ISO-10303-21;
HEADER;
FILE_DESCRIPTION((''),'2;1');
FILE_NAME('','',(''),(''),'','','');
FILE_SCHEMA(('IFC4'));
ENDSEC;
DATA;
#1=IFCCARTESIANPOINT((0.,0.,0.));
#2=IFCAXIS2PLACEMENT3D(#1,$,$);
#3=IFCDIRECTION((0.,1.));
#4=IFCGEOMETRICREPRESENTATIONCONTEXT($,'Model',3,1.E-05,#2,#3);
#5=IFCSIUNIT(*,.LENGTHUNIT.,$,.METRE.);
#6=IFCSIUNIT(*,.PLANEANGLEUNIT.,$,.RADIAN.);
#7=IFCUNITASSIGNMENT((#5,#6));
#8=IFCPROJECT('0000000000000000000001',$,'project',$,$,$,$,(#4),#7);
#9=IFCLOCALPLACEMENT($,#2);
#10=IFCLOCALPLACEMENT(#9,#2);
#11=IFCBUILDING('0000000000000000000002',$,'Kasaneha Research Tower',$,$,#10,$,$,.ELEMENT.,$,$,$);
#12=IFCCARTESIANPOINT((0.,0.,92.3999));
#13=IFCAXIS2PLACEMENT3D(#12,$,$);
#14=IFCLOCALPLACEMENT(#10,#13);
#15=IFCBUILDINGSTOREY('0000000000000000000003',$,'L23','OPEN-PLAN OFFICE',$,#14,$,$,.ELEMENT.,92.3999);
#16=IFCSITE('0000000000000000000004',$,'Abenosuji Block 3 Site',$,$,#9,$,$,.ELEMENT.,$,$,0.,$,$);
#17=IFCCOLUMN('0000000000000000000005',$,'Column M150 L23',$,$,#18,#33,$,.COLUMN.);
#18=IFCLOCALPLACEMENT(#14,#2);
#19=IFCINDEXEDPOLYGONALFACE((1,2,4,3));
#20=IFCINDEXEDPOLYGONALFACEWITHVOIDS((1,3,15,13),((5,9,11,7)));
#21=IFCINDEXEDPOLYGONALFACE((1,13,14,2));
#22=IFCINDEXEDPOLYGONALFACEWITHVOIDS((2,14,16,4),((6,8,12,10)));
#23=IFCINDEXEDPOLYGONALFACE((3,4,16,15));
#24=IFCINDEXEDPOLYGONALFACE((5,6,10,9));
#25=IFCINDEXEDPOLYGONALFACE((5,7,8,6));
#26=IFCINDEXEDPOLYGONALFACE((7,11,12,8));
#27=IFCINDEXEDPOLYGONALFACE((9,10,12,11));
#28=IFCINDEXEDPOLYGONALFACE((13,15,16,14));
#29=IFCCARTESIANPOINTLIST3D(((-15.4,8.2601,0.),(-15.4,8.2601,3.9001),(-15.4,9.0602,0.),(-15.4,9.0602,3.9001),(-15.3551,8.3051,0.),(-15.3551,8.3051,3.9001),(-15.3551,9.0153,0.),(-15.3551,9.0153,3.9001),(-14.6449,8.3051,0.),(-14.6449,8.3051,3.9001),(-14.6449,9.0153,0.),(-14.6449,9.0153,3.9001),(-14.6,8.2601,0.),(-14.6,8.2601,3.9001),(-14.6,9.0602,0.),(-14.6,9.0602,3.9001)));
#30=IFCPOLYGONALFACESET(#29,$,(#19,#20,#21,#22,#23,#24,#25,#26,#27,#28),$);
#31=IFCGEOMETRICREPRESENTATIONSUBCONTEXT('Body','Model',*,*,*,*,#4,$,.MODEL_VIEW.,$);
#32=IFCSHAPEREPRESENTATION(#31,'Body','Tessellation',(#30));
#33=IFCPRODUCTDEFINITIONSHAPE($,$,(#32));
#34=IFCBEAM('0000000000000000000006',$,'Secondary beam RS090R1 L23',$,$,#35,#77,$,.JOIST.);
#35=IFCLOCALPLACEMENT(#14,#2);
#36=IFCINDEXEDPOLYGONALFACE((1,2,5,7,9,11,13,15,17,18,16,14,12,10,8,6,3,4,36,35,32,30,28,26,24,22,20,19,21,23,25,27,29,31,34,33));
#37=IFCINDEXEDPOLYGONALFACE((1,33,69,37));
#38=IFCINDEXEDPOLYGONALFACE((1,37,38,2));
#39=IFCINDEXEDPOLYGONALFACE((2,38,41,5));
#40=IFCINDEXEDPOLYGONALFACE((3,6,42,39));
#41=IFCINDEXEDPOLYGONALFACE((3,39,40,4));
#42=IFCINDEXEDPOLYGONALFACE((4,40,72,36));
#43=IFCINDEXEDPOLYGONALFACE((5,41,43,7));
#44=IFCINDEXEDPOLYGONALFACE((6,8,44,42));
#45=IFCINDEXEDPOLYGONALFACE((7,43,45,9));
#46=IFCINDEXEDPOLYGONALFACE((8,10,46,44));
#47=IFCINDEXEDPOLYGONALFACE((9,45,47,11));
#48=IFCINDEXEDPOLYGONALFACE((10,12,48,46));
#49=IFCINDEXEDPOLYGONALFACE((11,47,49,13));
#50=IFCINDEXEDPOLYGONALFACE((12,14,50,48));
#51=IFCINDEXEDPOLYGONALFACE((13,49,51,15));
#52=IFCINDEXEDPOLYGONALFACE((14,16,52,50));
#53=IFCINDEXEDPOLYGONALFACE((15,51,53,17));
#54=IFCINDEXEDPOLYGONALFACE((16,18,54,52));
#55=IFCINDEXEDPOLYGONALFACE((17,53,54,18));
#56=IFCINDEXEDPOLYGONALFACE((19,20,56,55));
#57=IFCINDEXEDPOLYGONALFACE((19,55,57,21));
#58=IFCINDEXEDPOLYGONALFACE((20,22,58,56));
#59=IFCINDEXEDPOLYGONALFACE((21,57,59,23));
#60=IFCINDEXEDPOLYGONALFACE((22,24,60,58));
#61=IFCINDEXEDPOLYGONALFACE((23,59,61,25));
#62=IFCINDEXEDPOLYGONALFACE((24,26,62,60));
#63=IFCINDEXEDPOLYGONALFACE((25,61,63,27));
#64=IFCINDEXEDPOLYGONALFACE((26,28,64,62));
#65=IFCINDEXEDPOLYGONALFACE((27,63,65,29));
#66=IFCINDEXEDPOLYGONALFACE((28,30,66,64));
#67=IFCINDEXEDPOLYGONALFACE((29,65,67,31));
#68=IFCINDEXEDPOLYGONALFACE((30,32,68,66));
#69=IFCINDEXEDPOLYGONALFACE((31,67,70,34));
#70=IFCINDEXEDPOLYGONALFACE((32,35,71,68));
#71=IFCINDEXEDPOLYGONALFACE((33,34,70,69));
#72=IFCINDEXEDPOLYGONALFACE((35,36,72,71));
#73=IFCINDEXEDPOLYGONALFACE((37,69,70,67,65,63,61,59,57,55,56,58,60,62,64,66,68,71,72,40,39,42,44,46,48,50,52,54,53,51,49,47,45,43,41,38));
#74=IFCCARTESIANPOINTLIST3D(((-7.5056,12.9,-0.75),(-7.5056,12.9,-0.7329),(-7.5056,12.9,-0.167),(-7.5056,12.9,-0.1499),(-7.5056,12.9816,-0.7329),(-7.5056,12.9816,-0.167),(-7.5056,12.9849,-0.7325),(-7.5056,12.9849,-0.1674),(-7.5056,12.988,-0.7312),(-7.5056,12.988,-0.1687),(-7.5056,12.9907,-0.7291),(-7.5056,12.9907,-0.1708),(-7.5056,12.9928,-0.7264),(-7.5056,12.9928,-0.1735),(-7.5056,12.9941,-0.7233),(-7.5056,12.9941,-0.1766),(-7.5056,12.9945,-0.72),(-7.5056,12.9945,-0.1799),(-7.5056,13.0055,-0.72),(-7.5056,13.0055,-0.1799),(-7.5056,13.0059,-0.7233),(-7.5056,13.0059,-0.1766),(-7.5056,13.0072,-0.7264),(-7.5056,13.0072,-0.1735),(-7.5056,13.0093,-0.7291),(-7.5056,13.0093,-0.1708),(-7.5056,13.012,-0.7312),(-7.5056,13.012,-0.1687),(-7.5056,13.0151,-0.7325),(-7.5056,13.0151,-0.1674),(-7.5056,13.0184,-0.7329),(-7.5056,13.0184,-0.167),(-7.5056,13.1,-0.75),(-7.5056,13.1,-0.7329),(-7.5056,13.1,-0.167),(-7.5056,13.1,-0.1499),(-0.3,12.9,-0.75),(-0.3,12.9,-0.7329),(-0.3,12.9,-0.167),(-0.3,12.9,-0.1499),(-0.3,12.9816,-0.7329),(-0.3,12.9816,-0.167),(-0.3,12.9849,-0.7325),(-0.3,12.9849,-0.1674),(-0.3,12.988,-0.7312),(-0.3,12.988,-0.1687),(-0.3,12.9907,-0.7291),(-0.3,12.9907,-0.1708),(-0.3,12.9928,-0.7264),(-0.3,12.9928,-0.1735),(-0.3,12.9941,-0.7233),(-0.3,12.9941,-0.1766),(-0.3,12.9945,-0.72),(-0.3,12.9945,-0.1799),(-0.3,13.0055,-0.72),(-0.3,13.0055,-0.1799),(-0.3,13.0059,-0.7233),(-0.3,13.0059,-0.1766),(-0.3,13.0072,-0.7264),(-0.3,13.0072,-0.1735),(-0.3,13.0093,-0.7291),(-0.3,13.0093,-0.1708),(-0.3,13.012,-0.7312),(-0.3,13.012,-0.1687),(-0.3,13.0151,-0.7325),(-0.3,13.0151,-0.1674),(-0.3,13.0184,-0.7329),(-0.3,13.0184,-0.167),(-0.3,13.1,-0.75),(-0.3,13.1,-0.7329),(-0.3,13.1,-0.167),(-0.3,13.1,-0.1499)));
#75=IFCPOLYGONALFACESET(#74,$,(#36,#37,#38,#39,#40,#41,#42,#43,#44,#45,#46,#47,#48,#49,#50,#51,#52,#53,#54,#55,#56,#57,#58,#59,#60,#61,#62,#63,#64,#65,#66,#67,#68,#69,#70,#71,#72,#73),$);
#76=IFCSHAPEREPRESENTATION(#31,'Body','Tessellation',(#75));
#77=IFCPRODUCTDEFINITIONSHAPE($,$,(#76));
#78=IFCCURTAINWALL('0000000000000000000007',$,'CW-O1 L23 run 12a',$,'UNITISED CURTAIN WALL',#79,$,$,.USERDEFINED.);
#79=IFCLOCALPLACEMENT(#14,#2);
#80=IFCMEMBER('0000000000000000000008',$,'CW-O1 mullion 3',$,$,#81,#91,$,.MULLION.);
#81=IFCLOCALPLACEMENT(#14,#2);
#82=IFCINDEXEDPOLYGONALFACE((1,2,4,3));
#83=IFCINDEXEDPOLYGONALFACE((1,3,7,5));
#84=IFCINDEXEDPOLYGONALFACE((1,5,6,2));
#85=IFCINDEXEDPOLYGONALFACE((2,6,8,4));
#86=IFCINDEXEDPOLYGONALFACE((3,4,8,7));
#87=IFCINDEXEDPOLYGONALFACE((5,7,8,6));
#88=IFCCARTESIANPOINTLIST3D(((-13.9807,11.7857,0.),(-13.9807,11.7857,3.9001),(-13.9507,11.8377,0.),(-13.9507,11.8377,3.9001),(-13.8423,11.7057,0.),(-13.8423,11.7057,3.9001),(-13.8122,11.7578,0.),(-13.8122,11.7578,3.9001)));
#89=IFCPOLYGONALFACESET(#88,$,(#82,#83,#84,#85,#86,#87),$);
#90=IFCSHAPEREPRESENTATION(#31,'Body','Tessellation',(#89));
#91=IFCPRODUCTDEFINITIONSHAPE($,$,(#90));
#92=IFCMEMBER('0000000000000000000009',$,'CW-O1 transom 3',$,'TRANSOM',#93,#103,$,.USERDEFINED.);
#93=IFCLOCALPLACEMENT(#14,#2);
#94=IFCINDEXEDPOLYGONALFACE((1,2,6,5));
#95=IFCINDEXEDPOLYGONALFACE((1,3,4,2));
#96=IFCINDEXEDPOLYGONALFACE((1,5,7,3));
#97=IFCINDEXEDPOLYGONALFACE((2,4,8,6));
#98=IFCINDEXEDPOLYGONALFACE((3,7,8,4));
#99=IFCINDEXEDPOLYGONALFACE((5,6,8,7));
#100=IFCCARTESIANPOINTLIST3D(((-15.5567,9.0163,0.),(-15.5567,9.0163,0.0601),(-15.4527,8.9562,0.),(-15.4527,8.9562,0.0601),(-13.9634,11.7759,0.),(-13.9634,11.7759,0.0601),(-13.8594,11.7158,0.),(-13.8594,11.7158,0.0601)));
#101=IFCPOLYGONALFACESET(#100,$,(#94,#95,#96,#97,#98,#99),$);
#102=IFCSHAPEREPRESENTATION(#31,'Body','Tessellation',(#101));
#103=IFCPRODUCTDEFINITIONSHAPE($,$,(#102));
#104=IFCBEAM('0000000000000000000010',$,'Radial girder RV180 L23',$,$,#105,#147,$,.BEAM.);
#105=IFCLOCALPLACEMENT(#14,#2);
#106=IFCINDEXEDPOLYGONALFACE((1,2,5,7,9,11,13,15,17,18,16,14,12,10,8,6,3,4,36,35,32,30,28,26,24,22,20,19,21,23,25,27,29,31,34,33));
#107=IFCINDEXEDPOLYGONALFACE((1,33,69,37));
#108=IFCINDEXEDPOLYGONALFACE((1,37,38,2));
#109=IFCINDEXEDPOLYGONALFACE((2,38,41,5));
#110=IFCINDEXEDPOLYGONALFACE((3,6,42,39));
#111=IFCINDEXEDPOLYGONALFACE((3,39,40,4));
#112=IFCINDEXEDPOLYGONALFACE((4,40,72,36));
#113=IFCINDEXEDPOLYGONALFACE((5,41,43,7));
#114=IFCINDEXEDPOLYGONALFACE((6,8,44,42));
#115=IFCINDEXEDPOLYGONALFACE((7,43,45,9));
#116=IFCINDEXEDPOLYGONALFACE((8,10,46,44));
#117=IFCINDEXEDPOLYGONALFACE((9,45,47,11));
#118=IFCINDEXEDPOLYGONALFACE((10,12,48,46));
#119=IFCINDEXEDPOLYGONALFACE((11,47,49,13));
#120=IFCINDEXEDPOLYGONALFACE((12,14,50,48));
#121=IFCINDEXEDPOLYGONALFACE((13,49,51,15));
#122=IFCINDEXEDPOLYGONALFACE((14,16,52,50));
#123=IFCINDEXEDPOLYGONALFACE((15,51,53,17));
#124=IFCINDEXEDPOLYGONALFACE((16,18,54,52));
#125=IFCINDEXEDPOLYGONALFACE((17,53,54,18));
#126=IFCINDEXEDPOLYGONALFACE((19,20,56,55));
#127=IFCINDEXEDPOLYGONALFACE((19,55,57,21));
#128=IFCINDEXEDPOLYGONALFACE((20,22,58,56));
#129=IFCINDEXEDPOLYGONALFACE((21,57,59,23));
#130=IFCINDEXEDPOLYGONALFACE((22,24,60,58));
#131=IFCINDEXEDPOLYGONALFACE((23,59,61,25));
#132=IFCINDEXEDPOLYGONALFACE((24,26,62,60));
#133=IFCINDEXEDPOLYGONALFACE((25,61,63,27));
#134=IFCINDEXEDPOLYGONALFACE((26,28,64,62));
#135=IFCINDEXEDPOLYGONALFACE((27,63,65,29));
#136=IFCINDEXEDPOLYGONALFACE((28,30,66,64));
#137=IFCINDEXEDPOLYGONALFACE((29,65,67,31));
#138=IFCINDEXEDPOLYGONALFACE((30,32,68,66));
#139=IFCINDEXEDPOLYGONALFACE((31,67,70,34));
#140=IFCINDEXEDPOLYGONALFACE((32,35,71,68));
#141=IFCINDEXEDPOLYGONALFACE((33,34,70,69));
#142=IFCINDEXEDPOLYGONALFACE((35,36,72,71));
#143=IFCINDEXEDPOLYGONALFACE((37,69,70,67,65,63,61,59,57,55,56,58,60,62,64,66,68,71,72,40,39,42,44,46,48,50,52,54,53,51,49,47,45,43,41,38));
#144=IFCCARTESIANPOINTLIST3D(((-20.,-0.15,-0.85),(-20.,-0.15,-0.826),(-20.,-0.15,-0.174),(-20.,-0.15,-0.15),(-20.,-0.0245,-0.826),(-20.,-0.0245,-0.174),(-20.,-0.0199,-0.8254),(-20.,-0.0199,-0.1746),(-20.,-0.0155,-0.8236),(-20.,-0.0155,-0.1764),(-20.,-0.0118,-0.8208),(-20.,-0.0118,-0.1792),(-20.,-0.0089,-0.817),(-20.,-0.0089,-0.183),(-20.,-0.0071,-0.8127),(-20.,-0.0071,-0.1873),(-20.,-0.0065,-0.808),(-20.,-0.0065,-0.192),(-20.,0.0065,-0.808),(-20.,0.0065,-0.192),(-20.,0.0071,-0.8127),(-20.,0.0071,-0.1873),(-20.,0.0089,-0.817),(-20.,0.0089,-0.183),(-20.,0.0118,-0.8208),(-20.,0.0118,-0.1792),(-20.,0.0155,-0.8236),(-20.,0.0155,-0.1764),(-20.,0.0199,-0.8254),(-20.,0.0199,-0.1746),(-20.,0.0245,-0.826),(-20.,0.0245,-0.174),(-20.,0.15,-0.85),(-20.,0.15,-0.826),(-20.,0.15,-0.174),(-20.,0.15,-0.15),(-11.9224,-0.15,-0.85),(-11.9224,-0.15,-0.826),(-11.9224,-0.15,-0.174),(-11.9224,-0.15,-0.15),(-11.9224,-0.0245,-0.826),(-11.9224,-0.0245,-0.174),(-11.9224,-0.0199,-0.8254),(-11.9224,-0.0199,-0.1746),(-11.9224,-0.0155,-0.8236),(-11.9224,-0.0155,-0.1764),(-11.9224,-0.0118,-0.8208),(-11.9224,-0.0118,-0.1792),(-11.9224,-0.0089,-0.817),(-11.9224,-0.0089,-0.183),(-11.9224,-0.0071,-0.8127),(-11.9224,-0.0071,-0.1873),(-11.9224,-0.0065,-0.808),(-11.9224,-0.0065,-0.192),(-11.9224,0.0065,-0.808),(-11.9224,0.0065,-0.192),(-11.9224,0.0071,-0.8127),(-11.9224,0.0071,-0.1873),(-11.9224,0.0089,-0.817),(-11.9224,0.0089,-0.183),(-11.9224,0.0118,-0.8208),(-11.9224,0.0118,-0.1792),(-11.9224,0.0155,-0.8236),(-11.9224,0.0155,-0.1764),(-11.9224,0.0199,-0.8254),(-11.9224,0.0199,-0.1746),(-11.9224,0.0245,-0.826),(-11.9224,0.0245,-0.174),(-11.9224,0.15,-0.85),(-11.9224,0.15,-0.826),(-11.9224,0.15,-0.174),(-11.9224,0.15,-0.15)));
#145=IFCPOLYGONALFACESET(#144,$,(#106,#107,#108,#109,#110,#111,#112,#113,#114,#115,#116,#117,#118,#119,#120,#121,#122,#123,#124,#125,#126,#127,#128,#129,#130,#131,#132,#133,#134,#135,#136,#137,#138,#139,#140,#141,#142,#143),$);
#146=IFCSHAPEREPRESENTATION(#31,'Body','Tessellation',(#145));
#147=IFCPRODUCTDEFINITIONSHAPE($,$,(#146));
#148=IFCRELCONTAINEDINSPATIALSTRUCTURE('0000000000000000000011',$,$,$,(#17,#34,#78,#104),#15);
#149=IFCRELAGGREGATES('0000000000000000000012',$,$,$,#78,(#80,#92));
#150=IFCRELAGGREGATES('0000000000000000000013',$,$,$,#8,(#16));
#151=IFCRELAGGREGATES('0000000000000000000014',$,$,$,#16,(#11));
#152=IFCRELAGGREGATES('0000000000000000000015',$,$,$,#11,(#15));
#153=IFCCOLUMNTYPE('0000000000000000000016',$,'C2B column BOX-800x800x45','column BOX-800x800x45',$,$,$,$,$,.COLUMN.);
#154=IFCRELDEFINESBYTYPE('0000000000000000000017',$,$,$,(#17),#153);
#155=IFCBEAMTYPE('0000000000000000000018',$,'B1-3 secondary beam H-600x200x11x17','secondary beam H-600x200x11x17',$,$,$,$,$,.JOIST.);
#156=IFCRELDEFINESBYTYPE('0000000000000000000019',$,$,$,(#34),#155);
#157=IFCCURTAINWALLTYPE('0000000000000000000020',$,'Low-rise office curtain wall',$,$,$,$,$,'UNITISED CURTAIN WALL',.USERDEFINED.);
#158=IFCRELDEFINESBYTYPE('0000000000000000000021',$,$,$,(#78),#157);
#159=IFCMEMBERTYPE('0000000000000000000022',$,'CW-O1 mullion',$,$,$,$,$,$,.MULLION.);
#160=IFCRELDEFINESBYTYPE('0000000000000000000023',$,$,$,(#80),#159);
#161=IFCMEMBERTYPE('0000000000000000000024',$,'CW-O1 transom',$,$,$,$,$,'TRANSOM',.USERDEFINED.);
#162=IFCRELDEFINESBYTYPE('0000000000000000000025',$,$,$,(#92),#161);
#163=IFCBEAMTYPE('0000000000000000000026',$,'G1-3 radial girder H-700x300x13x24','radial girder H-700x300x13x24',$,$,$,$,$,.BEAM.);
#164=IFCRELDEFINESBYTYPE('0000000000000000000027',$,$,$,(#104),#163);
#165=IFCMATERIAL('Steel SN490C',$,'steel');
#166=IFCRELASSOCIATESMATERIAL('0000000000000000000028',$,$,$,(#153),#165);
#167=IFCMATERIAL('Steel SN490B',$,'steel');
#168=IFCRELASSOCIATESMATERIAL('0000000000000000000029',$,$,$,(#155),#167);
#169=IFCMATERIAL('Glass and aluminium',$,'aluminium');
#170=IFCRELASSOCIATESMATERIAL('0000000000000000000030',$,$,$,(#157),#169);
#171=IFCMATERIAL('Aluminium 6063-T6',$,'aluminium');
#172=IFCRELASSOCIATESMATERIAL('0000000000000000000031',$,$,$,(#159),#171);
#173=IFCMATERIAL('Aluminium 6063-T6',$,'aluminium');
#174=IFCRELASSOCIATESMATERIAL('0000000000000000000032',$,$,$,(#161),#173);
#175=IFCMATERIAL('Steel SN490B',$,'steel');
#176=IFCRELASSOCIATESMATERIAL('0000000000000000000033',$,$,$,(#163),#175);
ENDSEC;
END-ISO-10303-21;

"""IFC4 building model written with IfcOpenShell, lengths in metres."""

from ifc_helpers import new_model, si_unit, direction, frame, origin, origin_2d, place, context, subcontext, project, spatial, rectangle, hollow_rectangle, i_section, extrude, material, material_profile, profile_set, type_object, element, aggregate, save


model = new_model("IFC4")

# Units and contexts
model_context = context("Model", 3, precision=1e-05, world=origin(), true_north=direction((0.0, 1.0)))
body_context = subcontext(model_context, "Body", "Model", "MODEL_VIEW")
ifc_project = project(units=[si_unit("LENGTHUNIT", "METRE"), si_unit("PLANEANGLEUNIT", "RADIAN")], contexts=[model_context])

# Site, building, storey
site_placement = place(None, origin())
site = spatial("IfcSite", under=ifc_project, at=site_placement, Name="Abenosuji Block 3 Site", CompositionType="ELEMENT", RefElevation=0.0)
building_placement = place(site_placement, origin())
building = spatial("IfcBuilding", under=site, at=building_placement, Name="Kasaneha Research Tower", CompositionType="ELEMENT")
storey_placement = place(building_placement, frame((0.0, 0.0, 92.3999)))
storey = spatial("IfcBuildingStorey", under=building, at=storey_placement, Name="L23", Description="OPEN-PLAN OFFICE", CompositionType="ELEMENT", Elevation=92.3999)

# Column
ifc_material_1 = material(Name="Steel SN490C", Category="steel")
ifc_material_profile_1 = material_profile(ifc_material_1, hollow_rectangle(XDim=0.8, YDim=0.8, WallThickness=0.0449, at=origin_2d()), Name="BOX-800x800x45")
ifc_profile_set_1 = profile_set([ifc_material_profile_1], Name="Steel SN490C")
column_type = type_object("IfcColumnType", Name="C2B column BOX-800x800x45", Description="column BOX-800x800x45", PredefinedType="COLUMN", material=ifc_profile_set_1)
column_placement = place(storey_placement, frame((-15.0, 8.6602, 0.0), z_axis=(0.0, 0.0, 1.0), x_axis=(1.0, 0.0, 0.0)))
element("IfcColumn", 1, at=column_placement, inside=storey, type_object=column_type, Name="Column M150 L23", PredefinedType="COLUMN", context=body_context, shape_type="SweptSolid", body=[
    extrude(hollow_rectangle(XDim=0.8, YDim=0.8, WallThickness=0.0449, at=origin_2d()), origin(), (0.0, 0.0, 1.0), 3.9001),
])

# Beam
ifc_material_2 = material(Name="Steel SN490B", Category="steel")
ifc_material_profile_2 = material_profile(ifc_material_2, i_section(OverallWidth=0.2, OverallDepth=0.6001, WebThickness=0.011, FlangeThickness=0.0171, FilletRadius=0.0129, at=origin_2d()), Name="H-600x200x11x17")
ifc_profile_set_2 = profile_set([ifc_material_profile_2], Name="Steel SN490B")
beam_type_1 = type_object("IfcBeamType", Name="B1-3 secondary beam H-600x200x11x17", Description="secondary beam H-600x200x11x17", PredefinedType="JOIST", material=ifc_profile_set_2)
beam_1_placement = place(storey_placement, frame((-7.5056, 13.0, -0.45), z_axis=(1.0, 0.0, 0.0), x_axis=(0.0, 1.0, 0.0)))
element("IfcBeam", 2, at=beam_1_placement, inside=storey, type_object=beam_type_1, Name="Secondary beam RS090R1 L23", PredefinedType="JOIST", context=body_context, shape_type="SweptSolid", body=[
    extrude(i_section(OverallWidth=0.2, OverallDepth=0.6001, WebThickness=0.011, FlangeThickness=0.0171, FilletRadius=0.0129, at=origin_2d()), origin(), (0.0, 0.0, 1.0), 7.2056),
])

# Curtain wall, members
ifc_material_3 = material(Name="Glass and aluminium", Category="aluminium")
curtain_wall_type = type_object("IfcCurtainWallType", Name="Low-rise office curtain wall", ElementType="UNITISED CURTAIN WALL", PredefinedType="USERDEFINED", material=ifc_material_3)
curtain_wall_placement = place(storey_placement, origin())
curtain_wall = element("IfcCurtainWall", 3, at=curtain_wall_placement, inside=storey, type_object=curtain_wall_type, Name="CW-O1 L23 run 12a", ObjectType="UNITISED CURTAIN WALL", PredefinedType="USERDEFINED")
ifc_material_4 = material(Name="Aluminium 6063-T6", Category="aluminium")
ifc_material_profile_3 = material_profile(ifc_material_4, rectangle(XDim=0.0601, YDim=0.1599, at=origin_2d()), Name="CW-O1 mullion 60x160")
ifc_profile_set_3 = profile_set([ifc_material_profile_3], Name="Aluminium 6063-T6")
member_type_1 = type_object("IfcMemberType", Name="CW-O1 mullion", PredefinedType="MULLION", material=ifc_profile_set_3)
member_1_placement = place(storey_placement, frame((-13.8965, 11.7717, 0.0), z_axis=(0.0, 0.0, 1.0), x_axis=(-0.5, -0.866025, 0.0)))
member_1 = element("IfcMember", 4, at=member_1_placement, type_object=member_type_1, Name="CW-O1 mullion 3", PredefinedType="MULLION", context=body_context, shape_type="SweptSolid", body=[
    extrude(rectangle(XDim=0.0601, YDim=0.1599, at=origin_2d()), origin(), (0.0, 0.0, 1.0), 3.9001),
])
ifc_material_5 = material(Name="Aluminium 6063-T6", Category="aluminium")
ifc_material_profile_4 = material_profile(ifc_material_5, rectangle(XDim=0.1201, YDim=0.0601, at=origin_2d()), Name="CW-O1 transom 120x60")
ifc_profile_set_4 = profile_set([ifc_material_profile_4], Name="Aluminium 6063-T6")
member_type_2 = type_object("IfcMemberType", Name="CW-O1 transom", ElementType="TRANSOM", PredefinedType="USERDEFINED", material=ifc_profile_set_4)
member_2_placement = place(storey_placement, frame((-13.9114, 11.7458, 0.03), z_axis=(-0.500012, -0.866018, 0.0), x_axis=(0.866018, -0.500012, 0.0)))
member_2 = element("IfcMember", 5, at=member_2_placement, type_object=member_type_2, Name="CW-O1 transom 3", ObjectType="TRANSOM", PredefinedType="USERDEFINED", context=body_context, shape_type="SweptSolid", body=[
    extrude(rectangle(XDim=0.1201, YDim=0.0601, at=origin_2d()), origin(), (0.0, 0.0, 1.0), 3.1865),
])

# Beam
ifc_material_6 = material(Name="Steel SN490B", Category="steel")
ifc_material_profile_5 = material_profile(ifc_material_6, i_section(OverallWidth=0.3, OverallDepth=0.7, WebThickness=0.0129, FlangeThickness=0.0239, FilletRadius=0.0181, at=origin_2d()), Name="H-700x300x13x24")
ifc_profile_set_5 = profile_set([ifc_material_profile_5], Name="Steel SN490B")
beam_type_2 = type_object("IfcBeamType", Name="G1-3 radial girder H-700x300x13x24", Description="radial girder H-700x300x13x24", PredefinedType="BEAM", material=ifc_profile_set_5)
beam_2_placement = place(storey_placement, frame((-11.9224, 0.0, -0.5), z_axis=(-1.0, 0.0, 0.0), x_axis=(0.0, -1.0, 0.0)))
element("IfcBeam", 6, at=beam_2_placement, inside=storey, type_object=beam_type_2, Name="Radial girder RV180 L23", PredefinedType="BEAM", context=body_context, shape_type="SweptSolid", body=[
    extrude(i_section(OverallWidth=0.3, OverallDepth=0.7, WebThickness=0.0129, FlangeThickness=0.0239, FilletRadius=0.0181, at=origin_2d()), origin(), (0.0, 0.0, 1.0), 8.0776),
])

aggregate(curtain_wall, [member_1, member_2])

save(model, "model.ifc")
